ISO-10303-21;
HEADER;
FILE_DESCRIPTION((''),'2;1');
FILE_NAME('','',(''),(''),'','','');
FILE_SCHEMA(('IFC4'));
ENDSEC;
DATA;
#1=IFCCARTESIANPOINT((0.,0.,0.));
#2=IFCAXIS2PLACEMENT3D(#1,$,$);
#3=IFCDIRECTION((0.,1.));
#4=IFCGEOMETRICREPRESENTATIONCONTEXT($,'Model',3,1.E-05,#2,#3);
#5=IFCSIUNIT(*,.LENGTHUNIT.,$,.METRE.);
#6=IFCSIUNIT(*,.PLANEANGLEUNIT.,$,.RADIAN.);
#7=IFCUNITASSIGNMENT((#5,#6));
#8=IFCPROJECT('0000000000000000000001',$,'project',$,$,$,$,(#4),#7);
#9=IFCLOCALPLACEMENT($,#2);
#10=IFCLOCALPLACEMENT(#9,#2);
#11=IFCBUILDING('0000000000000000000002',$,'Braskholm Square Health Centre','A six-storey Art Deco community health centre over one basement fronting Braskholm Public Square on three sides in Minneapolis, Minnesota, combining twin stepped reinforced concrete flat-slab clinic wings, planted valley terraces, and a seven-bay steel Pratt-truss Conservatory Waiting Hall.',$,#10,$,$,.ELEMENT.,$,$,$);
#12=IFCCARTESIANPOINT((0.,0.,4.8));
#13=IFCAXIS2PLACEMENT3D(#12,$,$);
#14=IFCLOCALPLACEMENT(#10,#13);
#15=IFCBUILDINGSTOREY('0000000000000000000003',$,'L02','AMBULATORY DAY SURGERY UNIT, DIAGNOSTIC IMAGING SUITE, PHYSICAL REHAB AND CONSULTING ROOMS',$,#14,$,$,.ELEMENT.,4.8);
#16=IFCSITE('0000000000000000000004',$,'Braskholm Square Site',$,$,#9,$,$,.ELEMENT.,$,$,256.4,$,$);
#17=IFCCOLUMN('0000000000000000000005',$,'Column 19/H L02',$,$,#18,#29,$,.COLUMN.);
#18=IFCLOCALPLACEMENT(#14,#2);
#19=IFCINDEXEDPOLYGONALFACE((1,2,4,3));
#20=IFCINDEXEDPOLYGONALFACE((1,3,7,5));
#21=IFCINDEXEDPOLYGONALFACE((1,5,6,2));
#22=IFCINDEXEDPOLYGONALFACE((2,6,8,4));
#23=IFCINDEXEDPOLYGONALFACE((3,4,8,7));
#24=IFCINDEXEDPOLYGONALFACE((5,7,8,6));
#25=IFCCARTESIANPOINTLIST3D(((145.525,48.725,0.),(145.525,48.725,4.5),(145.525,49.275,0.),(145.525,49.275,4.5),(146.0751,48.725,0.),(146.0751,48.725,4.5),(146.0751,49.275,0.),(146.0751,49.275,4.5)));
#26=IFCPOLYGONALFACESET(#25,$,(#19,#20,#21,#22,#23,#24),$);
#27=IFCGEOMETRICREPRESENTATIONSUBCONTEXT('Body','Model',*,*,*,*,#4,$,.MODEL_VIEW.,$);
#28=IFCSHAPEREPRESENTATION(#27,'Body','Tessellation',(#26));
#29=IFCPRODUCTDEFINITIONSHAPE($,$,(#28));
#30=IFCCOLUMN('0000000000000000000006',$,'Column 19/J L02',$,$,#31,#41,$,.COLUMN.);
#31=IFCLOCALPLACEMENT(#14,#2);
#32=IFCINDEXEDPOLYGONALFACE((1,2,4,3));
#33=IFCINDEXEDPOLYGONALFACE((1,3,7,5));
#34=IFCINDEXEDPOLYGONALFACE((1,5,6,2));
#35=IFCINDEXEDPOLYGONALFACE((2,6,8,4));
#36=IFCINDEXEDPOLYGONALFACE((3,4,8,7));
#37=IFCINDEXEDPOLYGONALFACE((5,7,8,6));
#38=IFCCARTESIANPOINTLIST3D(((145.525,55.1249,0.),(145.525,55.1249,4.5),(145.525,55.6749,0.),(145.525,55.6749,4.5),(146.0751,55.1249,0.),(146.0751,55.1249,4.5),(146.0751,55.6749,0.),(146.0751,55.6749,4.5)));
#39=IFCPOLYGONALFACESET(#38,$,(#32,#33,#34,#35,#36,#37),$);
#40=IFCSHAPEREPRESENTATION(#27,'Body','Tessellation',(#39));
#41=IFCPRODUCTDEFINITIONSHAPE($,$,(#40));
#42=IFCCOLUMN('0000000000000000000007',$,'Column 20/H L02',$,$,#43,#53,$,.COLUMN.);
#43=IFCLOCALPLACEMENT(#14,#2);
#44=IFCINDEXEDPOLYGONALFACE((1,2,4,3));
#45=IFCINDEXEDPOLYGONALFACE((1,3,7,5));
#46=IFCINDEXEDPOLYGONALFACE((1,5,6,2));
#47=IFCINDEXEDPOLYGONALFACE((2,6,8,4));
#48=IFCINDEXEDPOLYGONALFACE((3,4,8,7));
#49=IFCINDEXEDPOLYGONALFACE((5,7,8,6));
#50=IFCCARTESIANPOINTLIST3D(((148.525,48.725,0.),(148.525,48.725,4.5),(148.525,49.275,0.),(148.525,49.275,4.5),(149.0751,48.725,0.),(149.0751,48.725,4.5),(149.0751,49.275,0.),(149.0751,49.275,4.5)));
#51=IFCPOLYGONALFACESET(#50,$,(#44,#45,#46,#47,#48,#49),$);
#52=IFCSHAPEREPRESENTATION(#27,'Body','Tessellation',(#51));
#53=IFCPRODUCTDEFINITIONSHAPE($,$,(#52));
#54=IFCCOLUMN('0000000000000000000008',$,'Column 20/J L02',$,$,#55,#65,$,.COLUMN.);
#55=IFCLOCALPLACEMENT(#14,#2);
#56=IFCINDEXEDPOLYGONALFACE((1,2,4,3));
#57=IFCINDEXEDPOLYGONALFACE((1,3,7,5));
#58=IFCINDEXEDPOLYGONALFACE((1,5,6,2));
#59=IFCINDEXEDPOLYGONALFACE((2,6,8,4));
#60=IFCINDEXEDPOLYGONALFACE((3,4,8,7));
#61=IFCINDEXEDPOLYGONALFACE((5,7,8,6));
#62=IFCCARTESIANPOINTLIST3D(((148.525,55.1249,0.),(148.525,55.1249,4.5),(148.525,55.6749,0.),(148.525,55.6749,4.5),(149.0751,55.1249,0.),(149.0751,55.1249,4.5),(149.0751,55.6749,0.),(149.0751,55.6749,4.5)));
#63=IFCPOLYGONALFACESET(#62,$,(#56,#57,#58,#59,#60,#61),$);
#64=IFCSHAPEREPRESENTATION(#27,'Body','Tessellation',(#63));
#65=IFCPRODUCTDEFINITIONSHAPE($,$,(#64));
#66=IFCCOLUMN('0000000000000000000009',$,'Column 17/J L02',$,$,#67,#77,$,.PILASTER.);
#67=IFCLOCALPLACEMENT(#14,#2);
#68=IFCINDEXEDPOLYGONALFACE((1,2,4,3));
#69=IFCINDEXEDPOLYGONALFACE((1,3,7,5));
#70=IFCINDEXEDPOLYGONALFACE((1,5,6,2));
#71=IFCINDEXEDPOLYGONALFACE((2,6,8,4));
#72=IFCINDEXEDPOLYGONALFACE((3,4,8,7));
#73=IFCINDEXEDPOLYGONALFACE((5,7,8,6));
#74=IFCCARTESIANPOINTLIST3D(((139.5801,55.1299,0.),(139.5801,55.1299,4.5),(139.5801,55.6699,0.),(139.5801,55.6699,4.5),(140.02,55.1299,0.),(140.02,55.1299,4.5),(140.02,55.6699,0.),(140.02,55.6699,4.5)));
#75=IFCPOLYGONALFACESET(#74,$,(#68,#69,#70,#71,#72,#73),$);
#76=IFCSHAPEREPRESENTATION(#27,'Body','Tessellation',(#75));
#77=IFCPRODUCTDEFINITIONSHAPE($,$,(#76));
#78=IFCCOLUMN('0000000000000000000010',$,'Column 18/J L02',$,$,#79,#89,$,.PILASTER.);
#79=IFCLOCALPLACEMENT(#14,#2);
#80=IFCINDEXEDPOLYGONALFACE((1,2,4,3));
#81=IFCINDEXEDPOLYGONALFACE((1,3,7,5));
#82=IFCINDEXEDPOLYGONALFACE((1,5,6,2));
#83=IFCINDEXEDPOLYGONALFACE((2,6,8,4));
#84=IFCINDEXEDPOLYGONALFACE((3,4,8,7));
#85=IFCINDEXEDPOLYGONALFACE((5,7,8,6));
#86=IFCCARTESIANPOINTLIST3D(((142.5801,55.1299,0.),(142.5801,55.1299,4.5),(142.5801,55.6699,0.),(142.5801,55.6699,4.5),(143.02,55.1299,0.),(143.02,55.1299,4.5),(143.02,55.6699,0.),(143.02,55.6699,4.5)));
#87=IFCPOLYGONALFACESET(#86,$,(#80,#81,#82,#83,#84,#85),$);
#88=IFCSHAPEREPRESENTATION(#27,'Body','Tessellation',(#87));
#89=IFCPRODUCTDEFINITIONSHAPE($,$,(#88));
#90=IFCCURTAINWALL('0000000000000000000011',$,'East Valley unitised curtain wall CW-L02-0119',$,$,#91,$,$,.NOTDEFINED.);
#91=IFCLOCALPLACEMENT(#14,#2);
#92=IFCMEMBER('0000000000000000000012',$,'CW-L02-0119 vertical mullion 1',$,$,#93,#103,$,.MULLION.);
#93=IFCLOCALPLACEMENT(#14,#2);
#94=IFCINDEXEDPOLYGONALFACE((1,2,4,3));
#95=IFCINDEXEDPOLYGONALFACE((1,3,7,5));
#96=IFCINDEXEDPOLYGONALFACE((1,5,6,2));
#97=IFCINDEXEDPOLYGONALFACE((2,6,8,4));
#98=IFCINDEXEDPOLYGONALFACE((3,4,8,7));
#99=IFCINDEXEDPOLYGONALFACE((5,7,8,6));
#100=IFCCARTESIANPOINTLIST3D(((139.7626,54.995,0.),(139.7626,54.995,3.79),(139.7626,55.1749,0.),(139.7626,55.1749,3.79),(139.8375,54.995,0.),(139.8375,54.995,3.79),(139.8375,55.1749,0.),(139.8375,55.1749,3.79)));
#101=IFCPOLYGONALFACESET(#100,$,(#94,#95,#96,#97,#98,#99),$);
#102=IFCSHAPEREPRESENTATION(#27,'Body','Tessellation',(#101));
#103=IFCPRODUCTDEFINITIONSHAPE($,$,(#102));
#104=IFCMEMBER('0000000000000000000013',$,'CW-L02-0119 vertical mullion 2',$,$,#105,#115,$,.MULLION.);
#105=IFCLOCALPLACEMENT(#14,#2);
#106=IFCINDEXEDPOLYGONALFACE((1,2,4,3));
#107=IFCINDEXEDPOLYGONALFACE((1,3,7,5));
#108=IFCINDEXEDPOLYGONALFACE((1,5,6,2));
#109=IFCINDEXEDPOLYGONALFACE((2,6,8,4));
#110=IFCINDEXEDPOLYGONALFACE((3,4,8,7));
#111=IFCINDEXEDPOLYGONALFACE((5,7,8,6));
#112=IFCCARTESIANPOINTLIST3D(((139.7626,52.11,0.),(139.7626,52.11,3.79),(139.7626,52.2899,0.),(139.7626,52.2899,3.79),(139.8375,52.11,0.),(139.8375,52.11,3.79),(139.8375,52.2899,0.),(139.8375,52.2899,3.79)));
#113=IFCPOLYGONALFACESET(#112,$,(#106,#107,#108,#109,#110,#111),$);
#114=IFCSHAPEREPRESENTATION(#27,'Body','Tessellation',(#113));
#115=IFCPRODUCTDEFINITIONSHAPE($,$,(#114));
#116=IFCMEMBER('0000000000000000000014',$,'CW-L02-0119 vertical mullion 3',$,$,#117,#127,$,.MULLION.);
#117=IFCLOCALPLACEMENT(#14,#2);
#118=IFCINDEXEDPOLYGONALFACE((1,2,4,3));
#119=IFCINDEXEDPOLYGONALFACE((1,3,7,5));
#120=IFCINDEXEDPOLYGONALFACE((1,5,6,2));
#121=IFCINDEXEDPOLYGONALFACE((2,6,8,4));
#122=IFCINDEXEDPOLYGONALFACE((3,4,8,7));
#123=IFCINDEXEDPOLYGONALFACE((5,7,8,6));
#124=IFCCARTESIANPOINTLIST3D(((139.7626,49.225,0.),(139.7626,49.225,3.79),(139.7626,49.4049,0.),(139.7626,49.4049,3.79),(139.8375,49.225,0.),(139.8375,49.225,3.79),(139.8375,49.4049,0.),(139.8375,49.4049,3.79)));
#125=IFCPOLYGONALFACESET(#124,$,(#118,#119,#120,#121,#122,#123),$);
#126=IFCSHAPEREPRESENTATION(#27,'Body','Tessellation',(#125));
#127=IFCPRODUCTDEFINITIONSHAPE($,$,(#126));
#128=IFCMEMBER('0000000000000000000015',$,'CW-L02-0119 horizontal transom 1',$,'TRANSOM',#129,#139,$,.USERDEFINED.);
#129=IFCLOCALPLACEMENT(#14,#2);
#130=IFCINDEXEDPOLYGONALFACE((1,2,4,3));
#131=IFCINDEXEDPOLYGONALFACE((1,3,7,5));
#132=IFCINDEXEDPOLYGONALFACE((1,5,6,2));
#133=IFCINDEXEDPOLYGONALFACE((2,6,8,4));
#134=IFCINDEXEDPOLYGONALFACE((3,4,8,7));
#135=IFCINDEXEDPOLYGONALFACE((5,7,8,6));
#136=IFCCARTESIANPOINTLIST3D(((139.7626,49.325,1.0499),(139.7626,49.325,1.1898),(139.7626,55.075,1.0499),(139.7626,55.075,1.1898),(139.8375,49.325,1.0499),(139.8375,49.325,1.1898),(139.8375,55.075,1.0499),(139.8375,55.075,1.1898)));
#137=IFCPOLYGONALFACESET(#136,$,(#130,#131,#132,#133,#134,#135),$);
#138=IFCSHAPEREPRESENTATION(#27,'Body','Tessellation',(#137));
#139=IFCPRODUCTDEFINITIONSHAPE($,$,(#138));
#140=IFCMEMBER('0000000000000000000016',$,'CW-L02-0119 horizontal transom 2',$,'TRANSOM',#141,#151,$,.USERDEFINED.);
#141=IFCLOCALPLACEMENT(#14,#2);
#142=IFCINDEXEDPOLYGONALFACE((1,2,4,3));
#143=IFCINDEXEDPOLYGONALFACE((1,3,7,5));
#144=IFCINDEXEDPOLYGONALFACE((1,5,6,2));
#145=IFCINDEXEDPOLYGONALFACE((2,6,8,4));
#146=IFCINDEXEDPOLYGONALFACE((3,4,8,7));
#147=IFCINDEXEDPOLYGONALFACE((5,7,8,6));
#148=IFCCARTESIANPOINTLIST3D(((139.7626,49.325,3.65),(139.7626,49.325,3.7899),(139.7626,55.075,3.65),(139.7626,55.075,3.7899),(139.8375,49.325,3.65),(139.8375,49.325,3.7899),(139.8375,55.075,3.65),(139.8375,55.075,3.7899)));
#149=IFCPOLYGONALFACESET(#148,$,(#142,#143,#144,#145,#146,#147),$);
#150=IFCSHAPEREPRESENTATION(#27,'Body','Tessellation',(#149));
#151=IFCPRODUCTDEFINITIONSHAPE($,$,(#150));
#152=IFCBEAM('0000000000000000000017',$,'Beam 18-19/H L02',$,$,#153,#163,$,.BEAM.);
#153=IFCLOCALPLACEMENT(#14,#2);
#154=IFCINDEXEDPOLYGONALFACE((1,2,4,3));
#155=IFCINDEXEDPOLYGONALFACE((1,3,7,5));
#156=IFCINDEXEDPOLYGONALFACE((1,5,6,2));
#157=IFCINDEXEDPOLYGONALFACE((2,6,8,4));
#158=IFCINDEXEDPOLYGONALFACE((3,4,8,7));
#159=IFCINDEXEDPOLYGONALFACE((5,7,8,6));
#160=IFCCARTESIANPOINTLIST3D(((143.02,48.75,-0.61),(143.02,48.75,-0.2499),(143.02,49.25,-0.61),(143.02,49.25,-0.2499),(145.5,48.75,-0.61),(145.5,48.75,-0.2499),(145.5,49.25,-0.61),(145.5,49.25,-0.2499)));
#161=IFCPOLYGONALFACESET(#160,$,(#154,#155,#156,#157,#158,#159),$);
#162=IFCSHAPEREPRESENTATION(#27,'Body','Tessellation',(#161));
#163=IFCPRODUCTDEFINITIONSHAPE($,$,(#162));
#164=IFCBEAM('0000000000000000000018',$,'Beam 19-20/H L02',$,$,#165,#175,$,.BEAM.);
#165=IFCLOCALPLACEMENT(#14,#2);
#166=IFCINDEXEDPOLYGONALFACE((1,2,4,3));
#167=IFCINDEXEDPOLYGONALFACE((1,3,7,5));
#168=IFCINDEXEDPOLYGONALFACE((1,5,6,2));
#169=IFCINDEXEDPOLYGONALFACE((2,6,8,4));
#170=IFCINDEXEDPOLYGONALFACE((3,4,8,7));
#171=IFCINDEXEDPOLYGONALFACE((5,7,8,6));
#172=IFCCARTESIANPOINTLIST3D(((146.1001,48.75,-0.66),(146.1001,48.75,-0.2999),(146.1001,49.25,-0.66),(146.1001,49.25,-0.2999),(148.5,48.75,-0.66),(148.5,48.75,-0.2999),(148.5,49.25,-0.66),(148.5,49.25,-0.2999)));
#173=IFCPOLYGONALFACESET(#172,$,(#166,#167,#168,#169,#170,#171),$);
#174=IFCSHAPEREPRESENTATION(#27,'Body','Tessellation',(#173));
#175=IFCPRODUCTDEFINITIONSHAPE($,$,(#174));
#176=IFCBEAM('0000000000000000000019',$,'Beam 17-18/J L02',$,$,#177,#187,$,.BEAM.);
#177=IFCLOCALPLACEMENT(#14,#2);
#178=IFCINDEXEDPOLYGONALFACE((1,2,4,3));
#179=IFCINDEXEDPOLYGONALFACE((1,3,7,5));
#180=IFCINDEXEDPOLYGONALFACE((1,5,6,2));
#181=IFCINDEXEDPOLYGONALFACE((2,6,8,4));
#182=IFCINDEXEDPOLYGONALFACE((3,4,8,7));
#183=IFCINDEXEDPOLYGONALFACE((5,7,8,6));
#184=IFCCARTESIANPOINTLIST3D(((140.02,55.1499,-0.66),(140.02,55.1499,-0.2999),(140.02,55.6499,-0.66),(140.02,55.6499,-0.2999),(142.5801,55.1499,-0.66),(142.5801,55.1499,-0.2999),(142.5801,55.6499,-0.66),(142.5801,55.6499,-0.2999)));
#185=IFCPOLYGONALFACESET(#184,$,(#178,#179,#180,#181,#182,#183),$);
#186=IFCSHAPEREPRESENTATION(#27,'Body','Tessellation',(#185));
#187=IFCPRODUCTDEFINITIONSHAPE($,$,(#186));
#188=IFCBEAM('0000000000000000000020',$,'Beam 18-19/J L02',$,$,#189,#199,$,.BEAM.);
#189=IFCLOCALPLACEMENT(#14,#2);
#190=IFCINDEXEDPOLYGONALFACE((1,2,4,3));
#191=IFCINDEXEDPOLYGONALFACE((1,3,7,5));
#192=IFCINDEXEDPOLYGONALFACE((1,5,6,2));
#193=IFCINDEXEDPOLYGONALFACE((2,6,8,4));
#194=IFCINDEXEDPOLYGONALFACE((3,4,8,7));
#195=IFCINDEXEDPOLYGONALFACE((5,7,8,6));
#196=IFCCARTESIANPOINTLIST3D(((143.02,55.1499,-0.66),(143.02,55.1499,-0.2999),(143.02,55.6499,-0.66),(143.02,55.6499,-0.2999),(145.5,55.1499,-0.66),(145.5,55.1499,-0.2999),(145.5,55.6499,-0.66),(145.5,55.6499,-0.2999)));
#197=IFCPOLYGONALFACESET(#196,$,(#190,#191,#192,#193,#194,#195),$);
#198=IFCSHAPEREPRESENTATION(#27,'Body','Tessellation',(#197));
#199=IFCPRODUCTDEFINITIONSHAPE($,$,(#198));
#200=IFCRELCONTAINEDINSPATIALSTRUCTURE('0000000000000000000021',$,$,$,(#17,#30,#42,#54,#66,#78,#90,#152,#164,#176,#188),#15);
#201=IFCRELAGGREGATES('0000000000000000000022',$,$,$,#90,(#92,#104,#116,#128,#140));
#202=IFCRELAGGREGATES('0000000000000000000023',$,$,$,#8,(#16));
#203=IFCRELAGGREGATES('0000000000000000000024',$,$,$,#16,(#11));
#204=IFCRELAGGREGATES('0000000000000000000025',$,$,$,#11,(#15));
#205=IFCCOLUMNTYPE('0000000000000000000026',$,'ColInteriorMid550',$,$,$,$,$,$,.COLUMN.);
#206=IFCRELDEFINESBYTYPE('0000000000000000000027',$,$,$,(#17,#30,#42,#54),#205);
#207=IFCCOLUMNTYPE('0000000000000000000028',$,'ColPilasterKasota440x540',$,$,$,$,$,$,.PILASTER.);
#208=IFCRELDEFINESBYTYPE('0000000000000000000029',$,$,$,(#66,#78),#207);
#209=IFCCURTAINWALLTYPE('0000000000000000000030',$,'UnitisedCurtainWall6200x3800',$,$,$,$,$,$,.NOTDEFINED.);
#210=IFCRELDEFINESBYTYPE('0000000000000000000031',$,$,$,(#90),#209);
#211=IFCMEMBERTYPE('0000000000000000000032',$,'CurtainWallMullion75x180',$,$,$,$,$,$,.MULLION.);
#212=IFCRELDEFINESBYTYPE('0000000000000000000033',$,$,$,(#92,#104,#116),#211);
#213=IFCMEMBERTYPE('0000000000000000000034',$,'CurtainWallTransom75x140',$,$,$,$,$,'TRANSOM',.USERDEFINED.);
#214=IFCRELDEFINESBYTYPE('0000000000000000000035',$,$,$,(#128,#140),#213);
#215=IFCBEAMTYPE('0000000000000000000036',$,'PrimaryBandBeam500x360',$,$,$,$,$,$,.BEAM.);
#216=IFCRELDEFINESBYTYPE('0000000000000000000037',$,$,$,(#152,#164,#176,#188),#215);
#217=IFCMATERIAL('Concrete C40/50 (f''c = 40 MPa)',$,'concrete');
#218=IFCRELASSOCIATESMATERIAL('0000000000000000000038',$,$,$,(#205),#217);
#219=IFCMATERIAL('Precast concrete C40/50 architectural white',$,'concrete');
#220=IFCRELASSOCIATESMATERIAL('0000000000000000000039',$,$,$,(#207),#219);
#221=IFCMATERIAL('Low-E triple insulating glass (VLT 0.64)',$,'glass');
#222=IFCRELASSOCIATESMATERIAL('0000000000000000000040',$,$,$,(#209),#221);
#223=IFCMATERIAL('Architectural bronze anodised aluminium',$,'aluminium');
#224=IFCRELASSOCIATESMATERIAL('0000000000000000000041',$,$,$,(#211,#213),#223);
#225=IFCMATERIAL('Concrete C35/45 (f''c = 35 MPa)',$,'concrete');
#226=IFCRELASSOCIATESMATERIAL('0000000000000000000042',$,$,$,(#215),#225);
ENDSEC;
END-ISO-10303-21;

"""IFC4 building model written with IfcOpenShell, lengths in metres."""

from ifc_helpers import new_model, si_unit, direction, frame, origin, origin_2d, place, context, subcontext, project, spatial, rectangle, extrude, material, material_profile, profile_set, type_object, element, aggregate, save


model = new_model("IFC4")

# Units and contexts
model_context = context("Model", 3, precision=1e-05, world=origin(), true_north=direction((0.0, 1.0)))
body_context = subcontext(model_context, "Body", "Model", "MODEL_VIEW")
ifc_project = project(units=[si_unit("LENGTHUNIT", "METRE"), si_unit("PLANEANGLEUNIT", "RADIAN")], contexts=[model_context])

# Site, building, storey
site_placement = place(None, origin())
site = spatial("IfcSite", under=ifc_project, at=site_placement, Name="Braskholm Square Site", CompositionType="ELEMENT", RefElevation=256.4)
building_placement = place(site_placement, origin())
building = spatial("IfcBuilding", under=site, at=building_placement, Name="Braskholm Square Health Centre", Description="A six-storey Art Deco community health centre over one basement fronting Braskholm Public Square on three sides in Minneapolis, Minnesota, combining twin stepped reinforced concrete flat-slab clinic wings, planted valley terraces, and a seven-bay steel Pratt-truss Conservatory Waiting Hall.", CompositionType="ELEMENT")
storey_placement = place(building_placement, frame((0.0, 0.0, 4.8)))
storey = spatial("IfcBuildingStorey", under=building, at=storey_placement, Name="L02", Description="AMBULATORY DAY SURGERY UNIT, DIAGNOSTIC IMAGING SUITE, PHYSICAL REHAB AND CONSULTING ROOMS", CompositionType="ELEMENT", Elevation=4.8)

# Columns
ifc_material_1 = material(Name="Concrete C40/50 (f'c = 40 MPa)", Category="concrete")
ifc_material_profile_1 = material_profile(ifc_material_1, rectangle(XDim=0.55, YDim=0.55, at=origin_2d()), Name="RC-550X550")
ifc_profile_set_1 = profile_set([ifc_material_profile_1], Name="Concrete C40/50 (f'c = 40 MPa)")
column_type_1 = type_object("IfcColumnType", Name="ColInteriorMid550", PredefinedType="COLUMN", material=ifc_profile_set_1)
for number, where, z_axis, x_axis, name in (
    (1, (145.8, 49.0, 0.0), (0.0, 0.0, 1.0), (1.0, 0.0, 0.0), "Column 19/H L02"),
    (2, (145.8, 55.3999, 0.0), (0.0, 0.0, 1.0), (1.0, 0.0, 0.0), "Column 19/J L02"),
    (3, (148.8, 49.0, 0.0), (0.0, 0.0, 1.0), (1.0, 0.0, 0.0), "Column 20/H L02"),
    (4, (148.8, 55.3999, 0.0), (0.0, 0.0, 1.0), (1.0, 0.0, 0.0), "Column 20/J L02"),
):
    element("IfcColumn", number, at=place(storey_placement, frame(where, z_axis=z_axis, x_axis=x_axis)), inside=storey, type_object=column_type_1, Name=name, PredefinedType="COLUMN", context=body_context, shape_type="SweptSolid", body=[
        extrude(rectangle(XDim=0.55, YDim=0.55, at=origin_2d()), origin(), (0.0, 0.0, 1.0), 4.5),
    ])
ifc_material_2 = material(Name="Precast concrete C40/50 architectural white", Category="concrete")
ifc_material_profile_2 = material_profile(ifc_material_2, rectangle(XDim=0.4399, YDim=0.54, at=origin_2d()), Name="RC-440X540")
ifc_profile_set_2 = profile_set([ifc_material_profile_2], Name="Precast concrete C40/50 architectural white")
column_type_2 = type_object("IfcColumnType", Name="ColPilasterKasota440x540", PredefinedType="PILASTER", material=ifc_profile_set_2)
for number, where, z_axis, x_axis, name in (
    (5, (139.8, 55.3999, 0.0), (0.0, 0.0, 1.0), (1.0, 0.0, 0.0), "Column 17/J L02"),
    (6, (142.8, 55.3999, 0.0), (0.0, 0.0, 1.0), (1.0, 0.0, 0.0), "Column 18/J L02"),
):
    element("IfcColumn", number, at=place(storey_placement, frame(where, z_axis=z_axis, x_axis=x_axis)), inside=storey, type_object=column_type_2, Name=name, PredefinedType="PILASTER", context=body_context, shape_type="SweptSolid", body=[
        extrude(rectangle(XDim=0.4399, YDim=0.54, at=origin_2d()), origin(), (0.0, 0.0, 1.0), 4.5),
    ])

# Curtain wall, members
ifc_material_3 = material(Name="Low-E triple insulating glass (VLT 0.64)", Category="glass")
curtain_wall_type = type_object("IfcCurtainWallType", Name="UnitisedCurtainWall6200x3800", PredefinedType="NOTDEFINED", material=ifc_material_3)
curtain_wall_placement = place(storey_placement, origin())
curtain_wall = element("IfcCurtainWall", 7, at=curtain_wall_placement, inside=storey, type_object=curtain_wall_type, Name="East Valley unitised curtain wall CW-L02-0119", PredefinedType="NOTDEFINED")
ifc_material_4 = material(Name="Architectural bronze anodised aluminium", Category="aluminium")
ifc_material_profile_3 = material_profile(ifc_material_4, rectangle(XDim=0.075, YDim=0.1799, at=origin_2d()), Name="ALU-75X180")
ifc_profile_set_3 = profile_set([ifc_material_profile_3], Name="Architectural bronze anodised aluminium")
member_type_1 = type_object("IfcMemberType", Name="CurtainWallMullion75x180", PredefinedType="MULLION", material=ifc_profile_set_3)
member_1_placement = place(storey_placement, frame((139.8, 55.085, 0.0), z_axis=(0.0, 0.0, 1.0), x_axis=(1.0, 0.0, 0.0)))
member_1 = element("IfcMember", 8, at=member_1_placement, type_object=member_type_1, Name="CW-L02-0119 vertical mullion 1", PredefinedType="MULLION", context=body_context, shape_type="SweptSolid", body=[
    extrude(rectangle(XDim=0.075, YDim=0.1799, at=origin_2d()), origin(), (0.0, 0.0, 1.0), 3.79),
])
member_2_placement = place(storey_placement, frame((139.8, 52.2, 0.0), z_axis=(0.0, 0.0, 1.0), x_axis=(1.0, 0.0, 0.0)))
member_2 = element("IfcMember", 9, at=member_2_placement, type_object=member_type_1, Name="CW-L02-0119 vertical mullion 2", PredefinedType="MULLION", context=body_context, shape_type="SweptSolid", body=[
    extrude(rectangle(XDim=0.075, YDim=0.1799, at=origin_2d()), origin(), (0.0, 0.0, 1.0), 3.79),
])
member_3_placement = place(storey_placement, frame((139.8, 49.3149, 0.0), z_axis=(0.0, 0.0, 1.0), x_axis=(1.0, 0.0, 0.0)))
member_3 = element("IfcMember", 10, at=member_3_placement, type_object=member_type_1, Name="CW-L02-0119 vertical mullion 3", PredefinedType="MULLION", context=body_context, shape_type="SweptSolid", body=[
    extrude(rectangle(XDim=0.075, YDim=0.1799, at=origin_2d()), origin(), (0.0, 0.0, 1.0), 3.79),
])
ifc_material_profile_4 = material_profile(ifc_material_4, rectangle(XDim=0.075, YDim=0.1399, at=origin_2d()), Name="ALU-75X140")
ifc_profile_set_4 = profile_set([ifc_material_profile_4], Name="Architectural bronze anodised aluminium")
member_type_2 = type_object("IfcMemberType", Name="CurtainWallTransom75x140", ElementType="TRANSOM", PredefinedType="USERDEFINED", material=ifc_profile_set_4)
member_4_placement = place(storey_placement, frame((139.8, 55.075, 1.1199), z_axis=(0.0, -1.0, 0.0), x_axis=(1.0, 0.0, 0.0)))
member_4 = element("IfcMember", 11, at=member_4_placement, type_object=member_type_2, Name="CW-L02-0119 horizontal transom 1", ObjectType="TRANSOM", PredefinedType="USERDEFINED", context=body_context, shape_type="SweptSolid", body=[
    extrude(rectangle(XDim=0.075, YDim=0.1399, at=origin_2d()), origin(), (0.0, 0.0, 1.0), 5.75),
])
member_5_placement = place(storey_placement, frame((139.8, 55.075, 3.72), z_axis=(0.0, -1.0, 0.0), x_axis=(1.0, 0.0, 0.0)))
member_5 = element("IfcMember", 12, at=member_5_placement, type_object=member_type_2, Name="CW-L02-0119 horizontal transom 2", ObjectType="TRANSOM", PredefinedType="USERDEFINED", context=body_context, shape_type="SweptSolid", body=[
    extrude(rectangle(XDim=0.075, YDim=0.1399, at=origin_2d()), origin(), (0.0, 0.0, 1.0), 5.75),
])

# Beams
ifc_material_5 = material(Name="Concrete C35/45 (f'c = 35 MPa)", Category="concrete")
ifc_material_profile_5 = material_profile(ifc_material_5, rectangle(XDim=0.5, YDim=0.3601, at=origin_2d()), Name="RCB-500X360")
ifc_profile_set_5 = profile_set([ifc_material_profile_5], Name="Concrete C35/45 (f'c = 35 MPa)")
beam_type_1 = type_object("IfcBeamType", Name="PrimaryBandBeam500x360", PredefinedType="BEAM", material=ifc_profile_set_5)
beam_1_placement = place(storey_placement, frame((143.02, 49.0, -0.4299), z_axis=(1.0, 0.0, 0.0), x_axis=(0.0, 1.0, 0.0)))
element("IfcBeam", 13, at=beam_1_placement, inside=storey, type_object=beam_type_1, Name="Beam 18-19/H L02", PredefinedType="BEAM", context=body_context, shape_type="SweptSolid", body=[
    extrude(rectangle(XDim=0.5, YDim=0.3601, at=origin_2d()), origin(), (0.0, 0.0, 1.0), 2.48),
])
beam_2_placement = place(storey_placement, frame((146.1001, 49.0, -0.48), z_axis=(1.0, 0.0, 0.0), x_axis=(0.0, 1.0, 0.0)))
element("IfcBeam", 14, at=beam_2_placement, inside=storey, type_object=beam_type_1, Name="Beam 19-20/H L02", PredefinedType="BEAM", context=body_context, shape_type="SweptSolid", body=[
    extrude(rectangle(XDim=0.5, YDim=0.3601, at=origin_2d()), origin(), (0.0, 0.0, 1.0), 2.3999),
])
beam_3_placement = place(storey_placement, frame((140.02, 55.3999, -0.48), z_axis=(1.0, 0.0, 0.0), x_axis=(0.0, 1.0, 0.0)))
element("IfcBeam", 15, at=beam_3_placement, inside=storey, type_object=beam_type_1, Name="Beam 17-18/J L02", PredefinedType="BEAM", context=body_context, shape_type="SweptSolid", body=[
    extrude(rectangle(XDim=0.5, YDim=0.3601, at=origin_2d()), origin(), (0.0, 0.0, 1.0), 2.5601),
])
beam_4_placement = place(storey_placement, frame((143.02, 55.3999, -0.48), z_axis=(1.0, 0.0, 0.0), x_axis=(0.0, 1.0, 0.0)))
element("IfcBeam", 16, at=beam_4_placement, inside=storey, type_object=beam_type_1, Name="Beam 18-19/J L02", PredefinedType="BEAM", context=body_context, shape_type="SweptSolid", body=[
    extrude(rectangle(XDim=0.5, YDim=0.3601, at=origin_2d()), origin(), (0.0, 0.0, 1.0), 2.48),
])

aggregate(curtain_wall, [member_1, member_2, member_3, member_4, member_5])

save(model, "model.ifc")
